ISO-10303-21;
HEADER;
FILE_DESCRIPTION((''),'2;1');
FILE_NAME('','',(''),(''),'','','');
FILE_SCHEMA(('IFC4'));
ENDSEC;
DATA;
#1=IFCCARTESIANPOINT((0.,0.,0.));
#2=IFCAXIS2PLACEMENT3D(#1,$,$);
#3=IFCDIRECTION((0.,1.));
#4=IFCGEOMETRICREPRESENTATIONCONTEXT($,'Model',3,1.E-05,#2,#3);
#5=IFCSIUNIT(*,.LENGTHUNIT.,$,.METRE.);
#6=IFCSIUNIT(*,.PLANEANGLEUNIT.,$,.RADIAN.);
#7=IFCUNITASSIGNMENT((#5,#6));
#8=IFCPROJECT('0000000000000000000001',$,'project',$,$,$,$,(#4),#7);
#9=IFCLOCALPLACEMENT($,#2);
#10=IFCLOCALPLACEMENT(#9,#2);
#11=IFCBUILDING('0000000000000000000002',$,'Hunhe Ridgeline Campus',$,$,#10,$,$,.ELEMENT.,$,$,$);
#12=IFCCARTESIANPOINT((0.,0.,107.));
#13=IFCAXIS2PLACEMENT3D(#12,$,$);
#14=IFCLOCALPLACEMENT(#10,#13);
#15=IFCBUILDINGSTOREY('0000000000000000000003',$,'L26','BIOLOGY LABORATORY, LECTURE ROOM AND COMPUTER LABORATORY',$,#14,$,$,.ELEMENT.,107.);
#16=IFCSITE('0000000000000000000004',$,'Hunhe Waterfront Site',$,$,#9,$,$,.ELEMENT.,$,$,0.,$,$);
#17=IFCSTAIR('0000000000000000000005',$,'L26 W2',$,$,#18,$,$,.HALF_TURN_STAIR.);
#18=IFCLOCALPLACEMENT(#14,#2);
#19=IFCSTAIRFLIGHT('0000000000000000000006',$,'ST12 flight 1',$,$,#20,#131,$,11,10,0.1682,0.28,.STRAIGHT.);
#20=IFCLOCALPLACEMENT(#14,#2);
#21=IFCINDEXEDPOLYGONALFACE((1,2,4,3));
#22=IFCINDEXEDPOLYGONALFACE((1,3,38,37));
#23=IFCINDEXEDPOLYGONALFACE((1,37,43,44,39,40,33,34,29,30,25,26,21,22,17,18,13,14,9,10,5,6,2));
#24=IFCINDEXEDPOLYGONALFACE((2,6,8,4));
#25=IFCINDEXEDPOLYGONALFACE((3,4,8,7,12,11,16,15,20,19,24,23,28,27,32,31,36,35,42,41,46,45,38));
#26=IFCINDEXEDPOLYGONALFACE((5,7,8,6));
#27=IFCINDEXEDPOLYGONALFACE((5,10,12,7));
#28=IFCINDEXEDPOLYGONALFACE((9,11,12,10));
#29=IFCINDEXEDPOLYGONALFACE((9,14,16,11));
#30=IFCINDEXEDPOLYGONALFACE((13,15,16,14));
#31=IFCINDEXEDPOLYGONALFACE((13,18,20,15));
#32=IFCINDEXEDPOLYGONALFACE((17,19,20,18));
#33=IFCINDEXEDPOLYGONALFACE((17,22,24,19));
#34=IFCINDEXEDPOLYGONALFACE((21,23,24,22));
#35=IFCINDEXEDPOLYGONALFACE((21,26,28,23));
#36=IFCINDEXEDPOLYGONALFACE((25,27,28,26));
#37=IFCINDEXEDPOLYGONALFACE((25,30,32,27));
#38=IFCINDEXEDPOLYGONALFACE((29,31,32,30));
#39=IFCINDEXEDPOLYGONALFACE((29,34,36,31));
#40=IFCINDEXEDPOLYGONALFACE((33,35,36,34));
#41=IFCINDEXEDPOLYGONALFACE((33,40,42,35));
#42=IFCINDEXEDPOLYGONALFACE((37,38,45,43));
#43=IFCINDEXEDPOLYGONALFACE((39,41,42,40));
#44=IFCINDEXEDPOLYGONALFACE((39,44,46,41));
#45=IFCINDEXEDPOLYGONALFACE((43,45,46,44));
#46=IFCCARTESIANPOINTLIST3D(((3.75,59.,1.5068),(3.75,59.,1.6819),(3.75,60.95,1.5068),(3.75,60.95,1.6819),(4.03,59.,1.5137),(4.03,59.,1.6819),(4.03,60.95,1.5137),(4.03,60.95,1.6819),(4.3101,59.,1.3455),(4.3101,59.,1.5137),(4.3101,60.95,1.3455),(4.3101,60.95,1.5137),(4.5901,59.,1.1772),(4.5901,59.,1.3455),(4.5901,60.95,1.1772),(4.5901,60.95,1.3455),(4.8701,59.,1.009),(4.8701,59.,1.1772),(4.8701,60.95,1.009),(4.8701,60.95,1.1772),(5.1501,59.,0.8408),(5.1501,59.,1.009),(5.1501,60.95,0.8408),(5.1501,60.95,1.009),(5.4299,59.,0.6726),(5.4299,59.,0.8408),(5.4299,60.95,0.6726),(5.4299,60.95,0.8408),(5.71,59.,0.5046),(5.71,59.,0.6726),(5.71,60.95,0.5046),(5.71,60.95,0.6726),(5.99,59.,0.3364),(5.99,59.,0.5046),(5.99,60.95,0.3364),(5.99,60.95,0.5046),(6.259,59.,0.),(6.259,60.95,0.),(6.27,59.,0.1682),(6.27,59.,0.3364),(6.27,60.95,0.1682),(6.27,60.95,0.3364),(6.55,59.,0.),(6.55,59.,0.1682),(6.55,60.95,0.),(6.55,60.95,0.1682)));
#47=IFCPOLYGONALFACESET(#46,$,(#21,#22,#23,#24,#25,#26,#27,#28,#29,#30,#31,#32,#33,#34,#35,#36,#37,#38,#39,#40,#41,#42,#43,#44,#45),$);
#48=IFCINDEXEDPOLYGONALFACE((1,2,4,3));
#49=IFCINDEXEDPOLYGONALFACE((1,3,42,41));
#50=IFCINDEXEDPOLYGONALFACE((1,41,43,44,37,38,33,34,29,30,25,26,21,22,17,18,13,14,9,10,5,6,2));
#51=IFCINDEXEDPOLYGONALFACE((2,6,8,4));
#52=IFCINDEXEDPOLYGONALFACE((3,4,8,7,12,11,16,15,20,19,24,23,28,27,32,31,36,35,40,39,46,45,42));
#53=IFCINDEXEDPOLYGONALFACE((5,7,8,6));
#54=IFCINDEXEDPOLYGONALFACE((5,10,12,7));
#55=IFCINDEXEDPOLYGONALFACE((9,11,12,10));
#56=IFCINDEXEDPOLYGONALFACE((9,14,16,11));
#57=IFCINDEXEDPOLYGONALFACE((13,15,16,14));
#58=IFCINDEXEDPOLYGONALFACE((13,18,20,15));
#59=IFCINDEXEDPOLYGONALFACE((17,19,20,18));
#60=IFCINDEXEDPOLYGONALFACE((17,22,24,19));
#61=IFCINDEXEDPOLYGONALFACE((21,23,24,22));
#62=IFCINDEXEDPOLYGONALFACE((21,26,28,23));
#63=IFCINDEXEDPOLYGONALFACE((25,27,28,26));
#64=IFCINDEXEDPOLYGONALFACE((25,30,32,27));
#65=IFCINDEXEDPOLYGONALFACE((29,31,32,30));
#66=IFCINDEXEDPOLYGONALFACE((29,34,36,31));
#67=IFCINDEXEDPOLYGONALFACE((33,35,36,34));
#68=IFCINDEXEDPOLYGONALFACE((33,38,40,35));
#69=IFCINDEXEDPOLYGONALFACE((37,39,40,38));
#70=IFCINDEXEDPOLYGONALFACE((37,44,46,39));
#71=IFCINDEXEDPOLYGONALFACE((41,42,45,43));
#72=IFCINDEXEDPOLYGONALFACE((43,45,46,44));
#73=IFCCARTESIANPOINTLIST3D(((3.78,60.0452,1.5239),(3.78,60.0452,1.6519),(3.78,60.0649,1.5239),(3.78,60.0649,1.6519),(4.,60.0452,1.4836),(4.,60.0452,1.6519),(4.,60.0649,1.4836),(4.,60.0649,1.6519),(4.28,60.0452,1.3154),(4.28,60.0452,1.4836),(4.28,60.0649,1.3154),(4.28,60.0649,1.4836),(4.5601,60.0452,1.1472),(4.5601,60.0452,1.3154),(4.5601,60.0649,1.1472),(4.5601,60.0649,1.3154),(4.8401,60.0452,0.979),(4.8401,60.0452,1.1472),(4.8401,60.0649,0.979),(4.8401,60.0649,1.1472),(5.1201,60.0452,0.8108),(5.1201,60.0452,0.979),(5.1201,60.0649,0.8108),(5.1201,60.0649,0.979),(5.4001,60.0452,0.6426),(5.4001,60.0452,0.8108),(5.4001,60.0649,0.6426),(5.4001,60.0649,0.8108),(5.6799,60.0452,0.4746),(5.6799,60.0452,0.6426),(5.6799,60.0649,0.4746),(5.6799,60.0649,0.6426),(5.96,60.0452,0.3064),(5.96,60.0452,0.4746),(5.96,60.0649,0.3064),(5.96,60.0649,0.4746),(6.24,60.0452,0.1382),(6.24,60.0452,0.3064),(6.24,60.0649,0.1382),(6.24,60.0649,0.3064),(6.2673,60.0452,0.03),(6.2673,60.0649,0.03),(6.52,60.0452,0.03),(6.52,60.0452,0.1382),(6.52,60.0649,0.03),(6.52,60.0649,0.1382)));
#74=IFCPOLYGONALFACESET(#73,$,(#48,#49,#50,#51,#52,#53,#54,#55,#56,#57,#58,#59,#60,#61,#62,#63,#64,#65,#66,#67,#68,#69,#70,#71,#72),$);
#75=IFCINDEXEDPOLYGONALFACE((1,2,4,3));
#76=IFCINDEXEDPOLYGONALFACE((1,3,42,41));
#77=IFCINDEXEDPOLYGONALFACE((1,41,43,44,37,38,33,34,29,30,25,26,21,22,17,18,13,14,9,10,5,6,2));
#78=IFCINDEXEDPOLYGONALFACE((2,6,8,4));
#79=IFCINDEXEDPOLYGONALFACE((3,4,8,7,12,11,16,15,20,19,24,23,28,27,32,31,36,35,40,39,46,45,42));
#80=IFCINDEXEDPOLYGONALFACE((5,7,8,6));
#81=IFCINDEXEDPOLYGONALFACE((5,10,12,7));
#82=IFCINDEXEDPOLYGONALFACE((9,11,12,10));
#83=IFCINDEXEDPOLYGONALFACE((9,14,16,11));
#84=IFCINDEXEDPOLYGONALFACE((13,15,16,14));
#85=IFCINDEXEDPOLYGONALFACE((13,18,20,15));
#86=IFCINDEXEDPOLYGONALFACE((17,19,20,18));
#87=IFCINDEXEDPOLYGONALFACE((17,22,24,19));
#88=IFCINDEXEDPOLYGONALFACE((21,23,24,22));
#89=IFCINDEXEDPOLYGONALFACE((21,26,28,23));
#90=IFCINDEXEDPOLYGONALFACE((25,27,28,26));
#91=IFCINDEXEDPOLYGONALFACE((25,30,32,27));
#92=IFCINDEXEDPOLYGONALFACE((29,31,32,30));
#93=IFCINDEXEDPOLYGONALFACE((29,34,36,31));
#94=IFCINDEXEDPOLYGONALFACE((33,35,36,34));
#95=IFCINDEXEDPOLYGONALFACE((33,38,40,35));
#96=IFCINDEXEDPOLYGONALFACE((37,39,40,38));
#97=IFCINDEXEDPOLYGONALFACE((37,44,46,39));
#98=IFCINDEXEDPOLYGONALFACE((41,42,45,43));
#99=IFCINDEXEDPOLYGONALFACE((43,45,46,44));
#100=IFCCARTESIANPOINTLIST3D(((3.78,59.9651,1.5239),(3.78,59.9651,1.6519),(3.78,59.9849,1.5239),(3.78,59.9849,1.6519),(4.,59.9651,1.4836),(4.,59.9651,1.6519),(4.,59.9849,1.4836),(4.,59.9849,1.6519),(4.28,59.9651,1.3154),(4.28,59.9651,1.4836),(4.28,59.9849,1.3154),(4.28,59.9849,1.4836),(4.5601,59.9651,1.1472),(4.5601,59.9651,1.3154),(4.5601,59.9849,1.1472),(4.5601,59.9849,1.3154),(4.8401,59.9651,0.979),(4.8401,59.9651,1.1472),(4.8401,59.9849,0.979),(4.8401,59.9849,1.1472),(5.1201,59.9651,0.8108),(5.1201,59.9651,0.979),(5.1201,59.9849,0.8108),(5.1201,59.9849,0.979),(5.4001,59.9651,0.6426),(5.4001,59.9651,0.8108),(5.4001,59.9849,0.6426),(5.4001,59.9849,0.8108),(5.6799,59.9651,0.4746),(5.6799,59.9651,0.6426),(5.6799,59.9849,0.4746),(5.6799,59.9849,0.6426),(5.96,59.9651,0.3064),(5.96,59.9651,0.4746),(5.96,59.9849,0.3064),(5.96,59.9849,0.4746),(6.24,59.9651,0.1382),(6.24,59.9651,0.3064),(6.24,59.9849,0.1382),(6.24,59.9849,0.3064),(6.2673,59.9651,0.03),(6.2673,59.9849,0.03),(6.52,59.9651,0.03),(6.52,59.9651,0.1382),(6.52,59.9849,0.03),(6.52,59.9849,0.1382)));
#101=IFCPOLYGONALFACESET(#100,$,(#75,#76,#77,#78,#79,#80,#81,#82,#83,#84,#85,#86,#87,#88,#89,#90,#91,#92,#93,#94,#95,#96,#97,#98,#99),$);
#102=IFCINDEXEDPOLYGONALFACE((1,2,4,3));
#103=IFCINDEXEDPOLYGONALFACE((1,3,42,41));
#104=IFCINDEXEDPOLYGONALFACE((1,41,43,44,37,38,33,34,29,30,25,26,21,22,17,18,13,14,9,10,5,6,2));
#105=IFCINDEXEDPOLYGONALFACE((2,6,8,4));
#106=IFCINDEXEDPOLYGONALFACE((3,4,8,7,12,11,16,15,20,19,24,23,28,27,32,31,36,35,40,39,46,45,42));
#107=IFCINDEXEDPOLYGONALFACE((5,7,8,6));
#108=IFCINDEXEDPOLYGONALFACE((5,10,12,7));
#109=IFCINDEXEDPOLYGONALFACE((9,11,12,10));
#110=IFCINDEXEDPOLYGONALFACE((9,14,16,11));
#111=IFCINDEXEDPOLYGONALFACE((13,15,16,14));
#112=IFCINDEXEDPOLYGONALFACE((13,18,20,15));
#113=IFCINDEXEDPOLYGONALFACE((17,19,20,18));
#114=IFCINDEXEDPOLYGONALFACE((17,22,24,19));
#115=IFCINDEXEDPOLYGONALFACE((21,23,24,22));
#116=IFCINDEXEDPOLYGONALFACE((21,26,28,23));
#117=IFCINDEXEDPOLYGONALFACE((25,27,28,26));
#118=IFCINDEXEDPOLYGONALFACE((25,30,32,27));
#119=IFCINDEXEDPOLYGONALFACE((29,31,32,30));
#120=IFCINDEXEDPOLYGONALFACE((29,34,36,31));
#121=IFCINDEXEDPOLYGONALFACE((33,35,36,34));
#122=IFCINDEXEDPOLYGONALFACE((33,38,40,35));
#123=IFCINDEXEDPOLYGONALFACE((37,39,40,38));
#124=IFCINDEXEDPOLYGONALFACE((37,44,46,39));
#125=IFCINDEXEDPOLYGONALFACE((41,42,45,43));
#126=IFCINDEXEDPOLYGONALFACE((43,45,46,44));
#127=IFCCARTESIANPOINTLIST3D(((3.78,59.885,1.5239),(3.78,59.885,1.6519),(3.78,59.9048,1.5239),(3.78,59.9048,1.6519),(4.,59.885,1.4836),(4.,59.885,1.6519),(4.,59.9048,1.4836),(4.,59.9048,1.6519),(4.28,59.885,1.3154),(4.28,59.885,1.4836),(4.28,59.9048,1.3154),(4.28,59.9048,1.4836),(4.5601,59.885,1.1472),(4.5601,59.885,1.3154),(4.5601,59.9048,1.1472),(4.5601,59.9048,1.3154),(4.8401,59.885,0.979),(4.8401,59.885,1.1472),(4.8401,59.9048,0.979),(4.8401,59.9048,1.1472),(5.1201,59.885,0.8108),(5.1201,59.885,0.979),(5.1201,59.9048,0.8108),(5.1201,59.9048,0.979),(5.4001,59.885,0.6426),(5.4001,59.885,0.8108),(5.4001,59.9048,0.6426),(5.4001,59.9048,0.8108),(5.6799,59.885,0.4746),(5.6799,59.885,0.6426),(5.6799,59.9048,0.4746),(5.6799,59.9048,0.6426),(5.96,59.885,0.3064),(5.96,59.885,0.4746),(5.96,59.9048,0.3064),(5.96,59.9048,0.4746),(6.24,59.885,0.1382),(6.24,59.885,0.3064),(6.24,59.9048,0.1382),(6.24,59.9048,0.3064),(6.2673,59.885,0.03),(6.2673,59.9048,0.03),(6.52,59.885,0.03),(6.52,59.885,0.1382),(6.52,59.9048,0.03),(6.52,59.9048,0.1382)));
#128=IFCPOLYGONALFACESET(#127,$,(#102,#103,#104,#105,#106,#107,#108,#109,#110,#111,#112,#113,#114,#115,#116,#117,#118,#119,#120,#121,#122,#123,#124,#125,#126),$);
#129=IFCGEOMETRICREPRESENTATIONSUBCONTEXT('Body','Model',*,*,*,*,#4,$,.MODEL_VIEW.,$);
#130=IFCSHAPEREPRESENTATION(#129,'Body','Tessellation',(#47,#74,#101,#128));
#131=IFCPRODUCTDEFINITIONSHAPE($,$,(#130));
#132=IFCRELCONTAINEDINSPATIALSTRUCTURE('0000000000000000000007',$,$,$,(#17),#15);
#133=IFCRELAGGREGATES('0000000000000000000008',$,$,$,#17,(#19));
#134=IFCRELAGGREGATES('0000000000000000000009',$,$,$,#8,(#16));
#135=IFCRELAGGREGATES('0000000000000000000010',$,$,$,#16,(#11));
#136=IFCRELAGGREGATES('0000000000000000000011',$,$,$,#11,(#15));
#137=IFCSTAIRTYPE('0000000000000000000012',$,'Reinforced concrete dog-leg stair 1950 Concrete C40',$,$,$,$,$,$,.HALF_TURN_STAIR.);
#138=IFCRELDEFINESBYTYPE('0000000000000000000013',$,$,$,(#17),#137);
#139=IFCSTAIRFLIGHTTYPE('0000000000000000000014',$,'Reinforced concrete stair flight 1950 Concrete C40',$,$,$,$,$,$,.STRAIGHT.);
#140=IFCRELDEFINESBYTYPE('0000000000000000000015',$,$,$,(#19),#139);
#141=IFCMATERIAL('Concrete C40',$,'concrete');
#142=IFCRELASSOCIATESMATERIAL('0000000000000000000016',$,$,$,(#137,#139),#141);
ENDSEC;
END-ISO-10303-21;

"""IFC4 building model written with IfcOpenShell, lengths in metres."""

from ifc_helpers import new_model, si_unit, direction, frame, origin, place, context, subcontext, project, spatial, polyline, outline, extrude, material, type_object, element, aggregate, save


model = new_model("IFC4")

# Units and contexts
model_context = context("Model", 3, precision=1e-05, world=origin(), true_north=direction((0.0, 1.0)))
body_context = subcontext(model_context, "Body", "Model", "MODEL_VIEW")
ifc_project = project(units=[si_unit("LENGTHUNIT", "METRE"), si_unit("PLANEANGLEUNIT", "RADIAN")], contexts=[model_context])

# Site, building, storey
site_placement = place(None, origin())
site = spatial("IfcSite", under=ifc_project, at=site_placement, Name="Hunhe Waterfront Site", CompositionType="ELEMENT", RefElevation=0.0)
building_placement = place(site_placement, origin())
building = spatial("IfcBuilding", under=site, at=building_placement, Name="Hunhe Ridgeline Campus", CompositionType="ELEMENT")
storey_placement = place(building_placement, frame((0.0, 0.0, 107.0)))
storey = spatial("IfcBuildingStorey", under=building, at=storey_placement, Name="L26", Description="BIOLOGY LABORATORY, LECTURE ROOM AND COMPUTER LABORATORY", CompositionType="ELEMENT", Elevation=107.0)

# Stair, stair flight
ifc_material_1 = material(Name="Concrete C40", Category="concrete")
stair_type = type_object("IfcStairType", Name="Reinforced concrete dog-leg stair 1950 Concrete C40", PredefinedType="HALF_TURN_STAIR", material=ifc_material_1)
stair_flight_type = type_object("IfcStairFlightType", Name="Reinforced concrete stair flight 1950 Concrete C40", PredefinedType="STRAIGHT", material=ifc_material_1)
stair_1_placement = place(storey_placement, origin())
stair_1 = element("IfcStair", 1, at=stair_1_placement, inside=storey, type_object=stair_type, Name="L26 W2", PredefinedType="HALF_TURN_STAIR")
stair_flight_1_placement = place(storey_placement, frame((6.55, 59.9751, 0.0), z_axis=(0.0, 0.0, 1.0), x_axis=(-1.0, 0.0, 0.0)))
stair_flight_1 = element("IfcStairFlight", 2, at=stair_flight_1_placement, type_object=stair_flight_type, Name="ST12 flight 1", NumberOfRisers=11, NumberOfTreads=10, PredefinedType="STRAIGHT", RiserHeight=0.1682, TreadLength=0.28, context=body_context, shape_type="SweptSolid", body=[
    extrude(outline(polyline([(0.0, 0.0), (0.0, 0.1682), (0.28, 0.1682), (0.28, 0.3364), (0.5601, 0.3364), (0.5601, 0.5046), (0.8401, 0.5046), (0.8401, 0.6726), (1.1201, 0.6726), (1.1201, 0.8408), (1.3999, 0.8408), (1.3999, 1.009), (1.6799, 1.009), (1.6799, 1.1772), (1.96, 1.1772), (1.96, 1.3455), (2.24, 1.3455), (2.24, 1.5137), (2.52, 1.5137), (2.52, 1.6819), (2.8, 1.6819), (2.8, 1.8501), (2.8, 1.5068), (0.291, 0.0), (0.0, 0.0)])), frame((0.0, 0.9751, 0.0), z_axis=(0.0, -1.0, 0.0), x_axis=(1.0, 0.0, 0.0)), (0.0, 0.0, 1.0), 1.95),
    extrude(outline(polyline([(0.03, 0.03), (0.03, 0.1382), (0.3101, 0.1382), (0.3101, 0.3064), (0.5901, 0.3064), (0.5901, 0.4746), (0.8701, 0.4746), (0.8701, 0.6426), (1.1499, 0.6426), (1.1499, 0.8108), (1.4299, 0.8108), (1.4299, 0.979), (1.71, 0.979), (1.71, 1.1472), (1.99, 1.1472), (1.99, 1.3154), (2.27, 1.3154), (2.27, 1.4836), (2.55, 1.4836), (2.55, 1.6519), (2.77, 1.6519), (2.77, 1.5239), (0.2827, 0.03), (0.03, 0.03)])), frame((0.0, -0.0701, 0.0), z_axis=(0.0, -1.0, 0.0), x_axis=(1.0, 0.0, 0.0)), (0.0, 0.0, 1.0), 0.0198),
    extrude(outline(polyline([(0.03, 0.03), (0.03, 0.1382), (0.3101, 0.1382), (0.3101, 0.3064), (0.5901, 0.3064), (0.5901, 0.4746), (0.8701, 0.4746), (0.8701, 0.6426), (1.1499, 0.6426), (1.1499, 0.8108), (1.4299, 0.8108), (1.4299, 0.979), (1.71, 0.979), (1.71, 1.1472), (1.99, 1.1472), (1.99, 1.3154), (2.27, 1.3154), (2.27, 1.4836), (2.55, 1.4836), (2.55, 1.6519), (2.77, 1.6519), (2.77, 1.5239), (0.2827, 0.03), (0.03, 0.03)])), frame((0.0, 0.01, 0.0), z_axis=(0.0, -1.0, 0.0), x_axis=(1.0, 0.0, 0.0)), (0.0, 0.0, 1.0), 0.0198),
    extrude(outline(polyline([(0.03, 0.03), (0.03, 0.1382), (0.3101, 0.1382), (0.3101, 0.3064), (0.5901, 0.3064), (0.5901, 0.4746), (0.8701, 0.4746), (0.8701, 0.6426), (1.1499, 0.6426), (1.1499, 0.8108), (1.4299, 0.8108), (1.4299, 0.979), (1.71, 0.979), (1.71, 1.1472), (1.99, 1.1472), (1.99, 1.3154), (2.27, 1.3154), (2.27, 1.4836), (2.55, 1.4836), (2.55, 1.6519), (2.77, 1.6519), (2.77, 1.5239), (0.2827, 0.03), (0.03, 0.03)])), frame((0.0, 0.0901, 0.0), z_axis=(0.0, -1.0, 0.0), x_axis=(1.0, 0.0, 0.0)), (0.0, 0.0, 1.0), 0.0198),
])
aggregate(stair_1, [stair_flight_1])

save(model, "model.ifc")
